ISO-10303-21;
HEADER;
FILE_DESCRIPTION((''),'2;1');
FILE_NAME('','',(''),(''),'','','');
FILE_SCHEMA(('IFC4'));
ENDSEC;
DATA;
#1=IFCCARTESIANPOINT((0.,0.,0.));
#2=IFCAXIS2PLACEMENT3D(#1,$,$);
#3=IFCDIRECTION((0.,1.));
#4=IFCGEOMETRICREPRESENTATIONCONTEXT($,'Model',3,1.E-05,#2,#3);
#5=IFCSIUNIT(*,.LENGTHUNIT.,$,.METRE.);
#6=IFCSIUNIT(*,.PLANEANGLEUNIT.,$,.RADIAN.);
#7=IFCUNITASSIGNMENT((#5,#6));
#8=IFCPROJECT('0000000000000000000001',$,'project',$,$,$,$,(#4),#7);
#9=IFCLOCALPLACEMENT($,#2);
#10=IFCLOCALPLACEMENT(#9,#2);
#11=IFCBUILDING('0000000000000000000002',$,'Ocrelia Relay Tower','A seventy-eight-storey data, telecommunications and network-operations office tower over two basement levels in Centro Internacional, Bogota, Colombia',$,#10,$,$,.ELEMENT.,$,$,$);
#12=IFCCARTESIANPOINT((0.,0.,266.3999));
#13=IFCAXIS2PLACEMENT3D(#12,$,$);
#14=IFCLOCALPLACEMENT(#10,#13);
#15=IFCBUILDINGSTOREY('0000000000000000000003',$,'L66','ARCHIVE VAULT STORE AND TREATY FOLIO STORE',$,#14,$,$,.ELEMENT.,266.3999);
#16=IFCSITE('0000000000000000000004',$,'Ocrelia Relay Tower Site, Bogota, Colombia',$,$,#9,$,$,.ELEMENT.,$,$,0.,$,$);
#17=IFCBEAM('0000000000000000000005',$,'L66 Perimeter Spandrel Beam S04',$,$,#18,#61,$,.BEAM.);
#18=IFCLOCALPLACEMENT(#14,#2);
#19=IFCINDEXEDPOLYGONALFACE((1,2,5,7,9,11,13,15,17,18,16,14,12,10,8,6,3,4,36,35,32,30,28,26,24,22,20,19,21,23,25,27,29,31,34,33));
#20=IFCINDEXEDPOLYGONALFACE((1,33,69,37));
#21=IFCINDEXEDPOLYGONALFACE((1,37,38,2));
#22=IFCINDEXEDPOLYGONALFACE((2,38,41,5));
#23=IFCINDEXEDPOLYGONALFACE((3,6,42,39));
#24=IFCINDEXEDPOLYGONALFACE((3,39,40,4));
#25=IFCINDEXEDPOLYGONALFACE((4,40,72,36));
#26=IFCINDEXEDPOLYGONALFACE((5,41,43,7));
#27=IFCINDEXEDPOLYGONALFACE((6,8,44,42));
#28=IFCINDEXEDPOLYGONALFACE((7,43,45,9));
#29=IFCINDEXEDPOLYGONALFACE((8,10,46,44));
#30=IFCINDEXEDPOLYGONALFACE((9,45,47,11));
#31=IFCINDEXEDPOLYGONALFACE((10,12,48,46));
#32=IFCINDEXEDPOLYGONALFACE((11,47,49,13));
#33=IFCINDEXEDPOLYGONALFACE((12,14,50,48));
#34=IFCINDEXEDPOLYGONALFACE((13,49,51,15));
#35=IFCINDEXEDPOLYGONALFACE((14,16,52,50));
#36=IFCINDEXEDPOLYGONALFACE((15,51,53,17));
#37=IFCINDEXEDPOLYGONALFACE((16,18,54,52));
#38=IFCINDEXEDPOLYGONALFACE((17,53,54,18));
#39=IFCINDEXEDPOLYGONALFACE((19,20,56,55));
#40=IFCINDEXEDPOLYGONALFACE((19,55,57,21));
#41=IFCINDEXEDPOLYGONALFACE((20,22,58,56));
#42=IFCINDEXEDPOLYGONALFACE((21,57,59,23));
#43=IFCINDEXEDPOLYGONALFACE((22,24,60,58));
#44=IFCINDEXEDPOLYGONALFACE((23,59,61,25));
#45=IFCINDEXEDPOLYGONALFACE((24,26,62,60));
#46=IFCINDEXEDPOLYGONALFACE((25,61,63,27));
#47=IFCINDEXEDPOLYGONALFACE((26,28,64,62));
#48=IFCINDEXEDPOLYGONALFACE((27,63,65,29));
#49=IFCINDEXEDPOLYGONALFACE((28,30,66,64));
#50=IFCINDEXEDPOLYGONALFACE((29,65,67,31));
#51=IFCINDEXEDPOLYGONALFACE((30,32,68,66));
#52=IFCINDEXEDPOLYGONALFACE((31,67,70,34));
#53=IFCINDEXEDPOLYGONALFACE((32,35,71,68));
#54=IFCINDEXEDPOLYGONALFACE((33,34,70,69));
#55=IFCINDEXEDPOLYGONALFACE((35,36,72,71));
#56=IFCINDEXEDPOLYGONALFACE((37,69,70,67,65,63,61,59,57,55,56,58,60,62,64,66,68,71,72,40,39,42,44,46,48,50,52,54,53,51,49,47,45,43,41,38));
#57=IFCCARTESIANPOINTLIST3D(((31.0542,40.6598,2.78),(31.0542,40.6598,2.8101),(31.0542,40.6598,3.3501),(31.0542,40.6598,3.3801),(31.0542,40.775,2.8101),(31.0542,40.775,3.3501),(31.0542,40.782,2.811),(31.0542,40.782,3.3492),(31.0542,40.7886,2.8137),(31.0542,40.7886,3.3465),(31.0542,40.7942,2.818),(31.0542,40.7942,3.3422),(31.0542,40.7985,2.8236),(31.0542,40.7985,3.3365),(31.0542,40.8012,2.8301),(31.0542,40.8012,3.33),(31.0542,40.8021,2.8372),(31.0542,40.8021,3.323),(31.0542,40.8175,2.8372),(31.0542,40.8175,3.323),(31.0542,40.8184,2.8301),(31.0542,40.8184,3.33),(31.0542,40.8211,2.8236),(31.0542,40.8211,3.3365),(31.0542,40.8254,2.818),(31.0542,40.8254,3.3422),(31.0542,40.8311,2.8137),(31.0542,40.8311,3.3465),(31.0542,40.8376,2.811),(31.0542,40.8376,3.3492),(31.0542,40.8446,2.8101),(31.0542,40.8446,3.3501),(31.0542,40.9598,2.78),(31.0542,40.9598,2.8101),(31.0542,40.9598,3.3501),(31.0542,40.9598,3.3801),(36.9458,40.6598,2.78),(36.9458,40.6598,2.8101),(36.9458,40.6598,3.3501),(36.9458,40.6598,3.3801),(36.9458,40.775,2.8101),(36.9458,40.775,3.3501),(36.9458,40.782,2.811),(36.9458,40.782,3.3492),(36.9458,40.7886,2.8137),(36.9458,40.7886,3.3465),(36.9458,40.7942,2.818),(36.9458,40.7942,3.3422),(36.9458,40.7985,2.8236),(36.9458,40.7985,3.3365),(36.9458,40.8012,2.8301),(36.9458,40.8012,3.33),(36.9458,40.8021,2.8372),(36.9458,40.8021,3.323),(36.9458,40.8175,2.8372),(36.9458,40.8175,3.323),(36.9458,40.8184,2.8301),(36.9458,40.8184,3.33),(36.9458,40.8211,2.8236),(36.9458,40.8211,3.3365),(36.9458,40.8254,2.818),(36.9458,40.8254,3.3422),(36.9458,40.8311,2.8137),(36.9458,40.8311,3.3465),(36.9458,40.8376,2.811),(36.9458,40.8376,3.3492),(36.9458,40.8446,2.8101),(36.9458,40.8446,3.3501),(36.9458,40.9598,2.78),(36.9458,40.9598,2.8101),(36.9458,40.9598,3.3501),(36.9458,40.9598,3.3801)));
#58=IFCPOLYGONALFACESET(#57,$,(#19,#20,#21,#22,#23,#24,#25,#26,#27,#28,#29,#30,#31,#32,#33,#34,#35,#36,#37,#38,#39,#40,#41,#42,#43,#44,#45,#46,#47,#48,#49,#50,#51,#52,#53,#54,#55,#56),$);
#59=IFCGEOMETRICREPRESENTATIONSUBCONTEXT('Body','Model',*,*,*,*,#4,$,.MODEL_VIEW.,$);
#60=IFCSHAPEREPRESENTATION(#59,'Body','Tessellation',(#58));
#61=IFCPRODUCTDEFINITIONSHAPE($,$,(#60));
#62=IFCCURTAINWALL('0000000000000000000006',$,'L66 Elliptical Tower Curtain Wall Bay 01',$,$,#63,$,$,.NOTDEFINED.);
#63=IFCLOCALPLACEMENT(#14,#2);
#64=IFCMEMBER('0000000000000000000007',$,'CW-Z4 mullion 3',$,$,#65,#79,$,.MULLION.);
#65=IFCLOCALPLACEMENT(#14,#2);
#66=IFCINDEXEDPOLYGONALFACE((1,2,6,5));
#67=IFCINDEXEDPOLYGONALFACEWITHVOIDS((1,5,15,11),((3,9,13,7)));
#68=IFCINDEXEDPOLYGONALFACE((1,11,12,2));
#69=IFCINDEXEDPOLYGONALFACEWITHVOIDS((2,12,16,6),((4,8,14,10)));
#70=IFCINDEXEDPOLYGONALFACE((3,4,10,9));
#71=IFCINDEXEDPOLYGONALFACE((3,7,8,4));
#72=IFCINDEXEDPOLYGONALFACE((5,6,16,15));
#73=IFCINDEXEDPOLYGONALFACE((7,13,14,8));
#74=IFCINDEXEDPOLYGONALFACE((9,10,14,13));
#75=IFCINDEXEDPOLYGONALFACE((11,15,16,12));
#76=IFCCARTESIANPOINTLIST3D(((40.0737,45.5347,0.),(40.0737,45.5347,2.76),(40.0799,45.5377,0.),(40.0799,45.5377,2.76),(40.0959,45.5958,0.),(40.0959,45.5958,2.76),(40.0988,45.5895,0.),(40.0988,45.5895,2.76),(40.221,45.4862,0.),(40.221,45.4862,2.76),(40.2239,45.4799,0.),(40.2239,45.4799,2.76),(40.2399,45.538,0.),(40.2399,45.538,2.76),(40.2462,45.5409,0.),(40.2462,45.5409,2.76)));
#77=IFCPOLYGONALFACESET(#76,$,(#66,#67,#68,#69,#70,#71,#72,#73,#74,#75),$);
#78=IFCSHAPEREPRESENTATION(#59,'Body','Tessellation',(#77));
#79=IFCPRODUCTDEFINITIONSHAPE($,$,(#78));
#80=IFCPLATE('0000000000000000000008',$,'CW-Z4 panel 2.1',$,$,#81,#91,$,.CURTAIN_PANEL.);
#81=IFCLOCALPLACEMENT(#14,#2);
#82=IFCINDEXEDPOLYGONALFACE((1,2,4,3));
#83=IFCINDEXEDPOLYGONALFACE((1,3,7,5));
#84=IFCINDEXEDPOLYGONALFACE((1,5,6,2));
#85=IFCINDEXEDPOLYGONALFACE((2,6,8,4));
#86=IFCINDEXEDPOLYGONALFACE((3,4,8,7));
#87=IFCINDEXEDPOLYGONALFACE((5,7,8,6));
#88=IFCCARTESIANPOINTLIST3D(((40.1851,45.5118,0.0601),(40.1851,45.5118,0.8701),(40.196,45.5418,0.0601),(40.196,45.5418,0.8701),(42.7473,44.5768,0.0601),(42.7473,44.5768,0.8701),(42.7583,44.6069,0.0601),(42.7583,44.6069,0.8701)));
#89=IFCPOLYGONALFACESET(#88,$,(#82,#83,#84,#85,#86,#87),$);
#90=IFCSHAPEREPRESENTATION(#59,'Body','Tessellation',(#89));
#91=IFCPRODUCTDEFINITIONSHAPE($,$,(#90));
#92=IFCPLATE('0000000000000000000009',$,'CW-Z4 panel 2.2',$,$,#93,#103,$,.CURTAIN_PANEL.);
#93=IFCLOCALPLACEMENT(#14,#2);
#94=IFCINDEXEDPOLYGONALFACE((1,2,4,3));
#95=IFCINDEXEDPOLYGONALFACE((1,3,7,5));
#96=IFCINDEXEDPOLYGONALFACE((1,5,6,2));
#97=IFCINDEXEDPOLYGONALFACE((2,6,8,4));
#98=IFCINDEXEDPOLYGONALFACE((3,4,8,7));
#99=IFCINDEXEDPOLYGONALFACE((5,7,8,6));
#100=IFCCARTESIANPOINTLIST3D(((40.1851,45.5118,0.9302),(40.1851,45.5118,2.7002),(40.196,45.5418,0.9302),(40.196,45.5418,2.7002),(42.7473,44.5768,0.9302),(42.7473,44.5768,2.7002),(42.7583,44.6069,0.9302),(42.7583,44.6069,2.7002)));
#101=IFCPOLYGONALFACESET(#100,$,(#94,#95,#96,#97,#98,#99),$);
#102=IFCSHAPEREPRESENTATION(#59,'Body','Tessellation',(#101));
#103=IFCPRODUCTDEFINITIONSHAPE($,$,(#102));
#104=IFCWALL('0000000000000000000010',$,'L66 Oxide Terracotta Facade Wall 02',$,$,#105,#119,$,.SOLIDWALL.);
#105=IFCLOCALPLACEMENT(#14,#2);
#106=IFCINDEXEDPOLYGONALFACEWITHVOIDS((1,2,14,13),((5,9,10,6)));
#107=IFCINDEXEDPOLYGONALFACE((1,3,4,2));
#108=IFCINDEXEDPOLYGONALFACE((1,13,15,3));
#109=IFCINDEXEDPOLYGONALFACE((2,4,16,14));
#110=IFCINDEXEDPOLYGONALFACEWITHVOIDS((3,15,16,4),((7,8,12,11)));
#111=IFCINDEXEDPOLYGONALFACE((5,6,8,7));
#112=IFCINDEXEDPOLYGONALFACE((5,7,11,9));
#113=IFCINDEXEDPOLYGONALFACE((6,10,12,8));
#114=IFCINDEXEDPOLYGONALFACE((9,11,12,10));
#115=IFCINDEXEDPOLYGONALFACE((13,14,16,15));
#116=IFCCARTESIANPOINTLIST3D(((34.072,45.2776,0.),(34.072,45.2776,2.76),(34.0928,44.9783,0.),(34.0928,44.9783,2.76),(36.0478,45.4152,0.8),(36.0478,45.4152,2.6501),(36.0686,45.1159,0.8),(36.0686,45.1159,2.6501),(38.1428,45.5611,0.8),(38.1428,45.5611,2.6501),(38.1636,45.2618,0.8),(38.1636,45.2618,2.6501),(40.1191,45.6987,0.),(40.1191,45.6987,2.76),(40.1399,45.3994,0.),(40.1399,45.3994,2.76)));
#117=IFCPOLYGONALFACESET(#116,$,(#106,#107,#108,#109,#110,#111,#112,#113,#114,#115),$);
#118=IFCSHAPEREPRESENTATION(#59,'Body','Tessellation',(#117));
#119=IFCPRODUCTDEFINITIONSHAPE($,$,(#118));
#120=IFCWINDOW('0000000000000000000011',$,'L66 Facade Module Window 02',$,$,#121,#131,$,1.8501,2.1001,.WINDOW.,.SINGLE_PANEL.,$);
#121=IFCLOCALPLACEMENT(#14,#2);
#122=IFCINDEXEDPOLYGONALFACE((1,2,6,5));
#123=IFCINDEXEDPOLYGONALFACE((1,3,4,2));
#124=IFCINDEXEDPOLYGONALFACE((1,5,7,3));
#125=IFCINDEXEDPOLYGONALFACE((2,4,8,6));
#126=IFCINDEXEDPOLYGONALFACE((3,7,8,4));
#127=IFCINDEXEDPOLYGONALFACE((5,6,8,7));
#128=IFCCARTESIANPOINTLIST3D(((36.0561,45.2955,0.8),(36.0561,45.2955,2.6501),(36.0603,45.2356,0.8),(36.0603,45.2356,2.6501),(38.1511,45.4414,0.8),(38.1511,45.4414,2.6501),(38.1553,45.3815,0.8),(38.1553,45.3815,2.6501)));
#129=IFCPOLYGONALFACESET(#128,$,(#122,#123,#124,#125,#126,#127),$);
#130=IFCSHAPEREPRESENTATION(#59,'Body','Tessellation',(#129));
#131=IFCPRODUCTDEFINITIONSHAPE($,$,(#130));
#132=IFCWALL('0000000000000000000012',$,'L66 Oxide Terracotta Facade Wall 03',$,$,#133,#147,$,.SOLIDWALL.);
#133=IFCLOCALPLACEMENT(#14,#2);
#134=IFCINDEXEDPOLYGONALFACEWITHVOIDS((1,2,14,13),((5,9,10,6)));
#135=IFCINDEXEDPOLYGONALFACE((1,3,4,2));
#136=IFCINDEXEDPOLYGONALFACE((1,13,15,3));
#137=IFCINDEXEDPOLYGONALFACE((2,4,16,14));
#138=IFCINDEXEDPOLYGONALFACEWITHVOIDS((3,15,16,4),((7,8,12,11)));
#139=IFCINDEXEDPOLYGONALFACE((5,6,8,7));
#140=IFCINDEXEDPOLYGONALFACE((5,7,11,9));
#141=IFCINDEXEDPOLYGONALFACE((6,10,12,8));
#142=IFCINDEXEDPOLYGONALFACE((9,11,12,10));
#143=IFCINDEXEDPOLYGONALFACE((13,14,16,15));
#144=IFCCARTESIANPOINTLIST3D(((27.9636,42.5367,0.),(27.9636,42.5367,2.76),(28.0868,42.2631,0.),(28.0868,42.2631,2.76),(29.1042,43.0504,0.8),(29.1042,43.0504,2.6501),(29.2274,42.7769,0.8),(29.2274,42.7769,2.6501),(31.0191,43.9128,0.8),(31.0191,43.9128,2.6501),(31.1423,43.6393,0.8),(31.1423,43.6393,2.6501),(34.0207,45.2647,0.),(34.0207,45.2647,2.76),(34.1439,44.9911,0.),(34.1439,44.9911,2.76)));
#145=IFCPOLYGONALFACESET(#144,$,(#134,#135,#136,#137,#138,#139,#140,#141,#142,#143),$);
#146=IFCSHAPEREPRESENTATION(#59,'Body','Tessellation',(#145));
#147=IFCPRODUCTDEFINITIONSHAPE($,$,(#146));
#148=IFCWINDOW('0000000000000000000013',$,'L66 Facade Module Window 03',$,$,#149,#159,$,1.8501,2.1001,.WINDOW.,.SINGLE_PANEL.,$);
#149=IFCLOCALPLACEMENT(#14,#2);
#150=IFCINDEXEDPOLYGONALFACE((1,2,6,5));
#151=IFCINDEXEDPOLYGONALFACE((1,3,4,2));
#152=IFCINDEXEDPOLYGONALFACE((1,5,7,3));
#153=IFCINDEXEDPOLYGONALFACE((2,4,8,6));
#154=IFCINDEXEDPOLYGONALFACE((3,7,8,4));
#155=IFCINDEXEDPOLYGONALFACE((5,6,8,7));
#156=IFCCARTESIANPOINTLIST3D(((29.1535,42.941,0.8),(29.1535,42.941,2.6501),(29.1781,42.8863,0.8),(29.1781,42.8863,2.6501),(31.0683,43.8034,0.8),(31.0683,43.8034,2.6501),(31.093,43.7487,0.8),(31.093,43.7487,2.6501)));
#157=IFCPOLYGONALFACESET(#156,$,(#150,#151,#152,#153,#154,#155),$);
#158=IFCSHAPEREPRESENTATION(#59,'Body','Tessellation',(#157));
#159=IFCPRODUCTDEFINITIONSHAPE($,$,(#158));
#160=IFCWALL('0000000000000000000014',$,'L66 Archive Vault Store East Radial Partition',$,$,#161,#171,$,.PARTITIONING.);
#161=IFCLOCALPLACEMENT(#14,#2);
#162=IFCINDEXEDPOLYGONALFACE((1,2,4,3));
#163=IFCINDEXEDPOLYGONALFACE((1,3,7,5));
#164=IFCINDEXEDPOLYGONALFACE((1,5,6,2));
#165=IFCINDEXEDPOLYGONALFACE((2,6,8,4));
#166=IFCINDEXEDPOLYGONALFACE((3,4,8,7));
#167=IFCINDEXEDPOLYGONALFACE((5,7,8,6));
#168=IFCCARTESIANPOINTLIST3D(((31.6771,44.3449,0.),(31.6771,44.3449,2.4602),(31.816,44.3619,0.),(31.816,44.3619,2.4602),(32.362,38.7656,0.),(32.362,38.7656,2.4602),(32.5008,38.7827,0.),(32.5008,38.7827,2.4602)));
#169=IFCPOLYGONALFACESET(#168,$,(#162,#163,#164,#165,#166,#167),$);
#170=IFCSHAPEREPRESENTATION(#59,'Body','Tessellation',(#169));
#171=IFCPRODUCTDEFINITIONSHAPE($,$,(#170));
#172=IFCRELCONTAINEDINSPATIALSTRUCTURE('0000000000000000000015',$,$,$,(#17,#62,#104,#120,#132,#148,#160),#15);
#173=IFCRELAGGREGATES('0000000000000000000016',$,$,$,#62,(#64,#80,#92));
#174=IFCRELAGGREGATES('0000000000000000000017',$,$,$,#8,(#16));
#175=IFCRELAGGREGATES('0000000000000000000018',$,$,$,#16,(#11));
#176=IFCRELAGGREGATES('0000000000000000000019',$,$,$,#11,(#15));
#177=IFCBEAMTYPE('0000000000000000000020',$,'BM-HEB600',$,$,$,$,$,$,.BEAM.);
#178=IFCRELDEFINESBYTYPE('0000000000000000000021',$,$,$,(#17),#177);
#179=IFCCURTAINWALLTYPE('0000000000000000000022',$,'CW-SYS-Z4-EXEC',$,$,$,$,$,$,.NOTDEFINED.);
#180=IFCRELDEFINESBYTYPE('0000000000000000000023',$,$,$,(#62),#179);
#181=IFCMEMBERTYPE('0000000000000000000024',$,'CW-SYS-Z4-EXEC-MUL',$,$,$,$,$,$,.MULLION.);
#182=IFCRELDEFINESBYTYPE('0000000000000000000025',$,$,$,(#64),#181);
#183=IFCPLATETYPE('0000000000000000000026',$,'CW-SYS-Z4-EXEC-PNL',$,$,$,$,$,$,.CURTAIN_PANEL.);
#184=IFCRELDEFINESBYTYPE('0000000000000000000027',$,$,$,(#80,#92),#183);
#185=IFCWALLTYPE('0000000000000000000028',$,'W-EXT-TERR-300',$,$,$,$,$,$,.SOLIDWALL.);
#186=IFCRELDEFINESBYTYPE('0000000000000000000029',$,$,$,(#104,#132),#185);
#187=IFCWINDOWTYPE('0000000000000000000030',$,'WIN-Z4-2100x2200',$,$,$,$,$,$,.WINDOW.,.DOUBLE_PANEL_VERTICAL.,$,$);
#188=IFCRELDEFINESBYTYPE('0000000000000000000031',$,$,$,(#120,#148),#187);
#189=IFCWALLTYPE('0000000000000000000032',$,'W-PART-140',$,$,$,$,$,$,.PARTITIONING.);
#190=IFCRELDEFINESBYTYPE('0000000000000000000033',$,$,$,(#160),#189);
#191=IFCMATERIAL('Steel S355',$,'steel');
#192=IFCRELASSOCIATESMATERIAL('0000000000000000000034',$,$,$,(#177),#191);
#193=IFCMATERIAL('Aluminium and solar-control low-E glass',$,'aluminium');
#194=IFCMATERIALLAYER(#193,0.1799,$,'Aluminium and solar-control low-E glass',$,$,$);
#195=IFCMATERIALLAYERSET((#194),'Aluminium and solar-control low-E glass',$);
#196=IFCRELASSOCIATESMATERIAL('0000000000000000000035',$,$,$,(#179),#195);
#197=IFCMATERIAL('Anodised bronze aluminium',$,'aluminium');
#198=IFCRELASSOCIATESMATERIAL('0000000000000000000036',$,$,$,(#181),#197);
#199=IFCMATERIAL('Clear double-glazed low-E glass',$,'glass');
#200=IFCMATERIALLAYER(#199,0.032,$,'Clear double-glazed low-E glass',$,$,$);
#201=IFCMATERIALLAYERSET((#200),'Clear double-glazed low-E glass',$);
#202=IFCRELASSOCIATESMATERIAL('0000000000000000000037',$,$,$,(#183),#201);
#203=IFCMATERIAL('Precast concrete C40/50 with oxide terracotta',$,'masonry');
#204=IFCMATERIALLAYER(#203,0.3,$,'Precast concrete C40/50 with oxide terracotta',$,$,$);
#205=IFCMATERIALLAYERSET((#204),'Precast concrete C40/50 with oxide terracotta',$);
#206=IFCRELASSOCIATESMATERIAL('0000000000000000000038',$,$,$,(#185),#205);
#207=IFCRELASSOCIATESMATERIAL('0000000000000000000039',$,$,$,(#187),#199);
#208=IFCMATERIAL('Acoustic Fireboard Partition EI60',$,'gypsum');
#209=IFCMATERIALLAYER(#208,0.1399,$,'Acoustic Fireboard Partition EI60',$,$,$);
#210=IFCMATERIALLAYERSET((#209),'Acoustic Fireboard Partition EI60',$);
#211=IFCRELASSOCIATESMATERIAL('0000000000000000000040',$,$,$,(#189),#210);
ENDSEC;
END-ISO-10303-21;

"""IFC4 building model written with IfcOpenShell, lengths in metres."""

from ifc_helpers import new_model, si_unit, direction, frame, frame_2d, origin, origin_2d, place, context, subcontext, project, spatial, rectangle, hollow_rectangle, i_section, extrude, material, layer, layer_set, material_profile, profile_set, type_object, element, fill, aggregate, save


model = new_model("IFC4")

# Units and contexts
model_context = context("Model", 3, precision=1e-05, world=origin(), true_north=direction((0.0, 1.0)))
body_context = subcontext(model_context, "Body", "Model", "MODEL_VIEW")
ifc_project = project(units=[si_unit("LENGTHUNIT", "METRE"), si_unit("PLANEANGLEUNIT", "RADIAN")], contexts=[model_context])

# Site, building, storey
site_placement = place(None, origin())
site = spatial("IfcSite", under=ifc_project, at=site_placement, Name="Ocrelia Relay Tower Site, Bogota, Colombia", CompositionType="ELEMENT", RefElevation=0.0)
building_placement = place(site_placement, origin())
building = spatial("IfcBuilding", under=site, at=building_placement, Name="Ocrelia Relay Tower", Description="A seventy-eight-storey data, telecommunications and network-operations office tower over two basement levels in Centro Internacional, Bogota, Colombia", CompositionType="ELEMENT")
storey_placement = place(building_placement, frame((0.0, 0.0, 266.3999)))
storey = spatial("IfcBuildingStorey", under=building, at=storey_placement, Name="L66", Description="ARCHIVE VAULT STORE AND TREATY FOLIO STORE", CompositionType="ELEMENT", Elevation=266.3999)

# Beam
ifc_material_1 = material(Name="Steel S355", Category="steel")
ifc_material_profile_1 = material_profile(ifc_material_1, i_section(OverallWidth=0.3, OverallDepth=0.6001, WebThickness=0.0154, FlangeThickness=0.03, FilletRadius=0.0271, at=origin_2d()), Name="HEB 600")
ifc_profile_set_1 = profile_set([ifc_material_profile_1], Name="Steel S355")
beam_type_1 = type_object("IfcBeamType", Name="BM-HEB600", PredefinedType="BEAM", material=ifc_profile_set_1)
beam_1_placement = place(storey_placement, frame((36.9458, 40.8098, 3.0801), z_axis=(-1.0, 0.0, 0.0), x_axis=(0.0, -1.0, 0.0)))
element("IfcBeam", 1, at=beam_1_placement, inside=storey, type_object=beam_type_1, Name="L66 Perimeter Spandrel Beam S04", PredefinedType="BEAM", context=body_context, shape_type="SweptSolid", body=[
    extrude(i_section(OverallWidth=0.3, OverallDepth=0.6001, WebThickness=0.0154, FlangeThickness=0.03, FilletRadius=0.0271, at=origin_2d()), origin(), (0.0, 0.0, 1.0), 5.8916),
])

# Curtain wall, member, plates
ifc_material_2 = material(Name="Aluminium and solar-control low-E glass", Category="aluminium")
ifc_layer_1 = layer(ifc_material_2, 0.1799, Name="Aluminium and solar-control low-E glass")
ifc_layer_set_1 = layer_set([ifc_layer_1], Name="Aluminium and solar-control low-E glass")
curtain_wall_type = type_object("IfcCurtainWallType", Name="CW-SYS-Z4-EXEC", PredefinedType="NOTDEFINED", material=ifc_layer_set_1)
curtain_wall_placement = place(storey_placement, origin())
curtain_wall = element("IfcCurtainWall", 2, at=curtain_wall_placement, inside=storey, type_object=curtain_wall_type, Name="L66 Elliptical Tower Curtain Wall Bay 01", PredefinedType="NOTDEFINED")
ifc_material_3 = material(Name="Anodised bronze aluminium", Category="aluminium")
ifc_material_profile_2 = material_profile(ifc_material_3, hollow_rectangle(XDim=0.0649, YDim=0.1599, WallThickness=0.0049, at=origin_2d()), Name="CW-MUL-160x65")
ifc_profile_set_2 = profile_set([ifc_material_profile_2], Name="Anodised bronze aluminium")
member_type = type_object("IfcMemberType", Name="CW-SYS-Z4-EXEC-MUL", PredefinedType="MULLION", material=ifc_profile_set_2)
member_placement = place(storey_placement, frame((40.1599, 45.5378, 0.0), z_axis=(0.0, 0.0, 1.0), x_axis=(-0.342799, -0.939409, 0.0)))
member = element("IfcMember", 3, at=member_placement, type_object=member_type, Name="CW-Z4 mullion 3", PredefinedType="MULLION", context=body_context, shape_type="SweptSolid", body=[
    extrude(hollow_rectangle(XDim=0.0649, YDim=0.1599, WallThickness=0.0049, at=origin_2d()), origin(), (0.0, 0.0, 1.0), 2.76),
])
ifc_material_4 = material(Name="Clear double-glazed low-E glass", Category="glass")
ifc_layer_2 = layer(ifc_material_4, 0.032, Name="Clear double-glazed low-E glass")
ifc_layer_set_2 = layer_set([ifc_layer_2], Name="Clear double-glazed low-E glass")
plate_type = type_object("IfcPlateType", Name="CW-SYS-Z4-EXEC-PNL", PredefinedType="CURTAIN_PANEL", material=ifc_layer_set_2)
plate_1_placement = place(storey_placement, frame((41.4717, 45.0593, 0.0601), z_axis=(0.0, 0.0, 1.0), x_axis=(-0.939409, 0.342799, 0.0)))
plate_1 = element("IfcPlate", 4, at=plate_1_placement, type_object=plate_type, Name="CW-Z4 panel 2.1", PredefinedType="CURTAIN_PANEL", context=body_context, shape_type="SweptSolid", body=[
    extrude(rectangle(XDim=2.7275, YDim=0.032, at=origin_2d()), origin(), (0.0, 0.0, 1.0), 0.8101),
])
plate_2_placement = place(storey_placement, frame((41.4717, 45.0593, 0.9302), z_axis=(0.0, 0.0, 1.0), x_axis=(-0.939409, 0.342799, 0.0)))
plate_2 = element("IfcPlate", 5, at=plate_2_placement, type_object=plate_type, Name="CW-Z4 panel 2.2", PredefinedType="CURTAIN_PANEL", context=body_context, shape_type="SweptSolid", body=[
    extrude(rectangle(XDim=2.7275, YDim=0.032, at=origin_2d()), origin(), (0.0, 0.0, 1.0), 1.77),
])
aggregate(curtain_wall, [member, plate_1, plate_2])

# Walls, openings, windows
ifc_material_5 = material(Name="Precast concrete C40/50 with oxide terracotta", Category="masonry")
ifc_layer_3 = layer(ifc_material_5, 0.3, Name="Precast concrete C40/50 with oxide terracotta")
ifc_layer_set_3 = layer_set([ifc_layer_3], Name="Precast concrete C40/50 with oxide terracotta")
wall_type_1 = type_object("IfcWallType", Name="W-EXT-TERR-300", PredefinedType="SOLIDWALL", material=ifc_layer_set_3)
wall_1_placement = place(storey_placement, frame((40.1294, 45.5491, 0.0), z_axis=(0.0, 0.0, 1.0), x_axis=(-0.997584, -0.069475, 0.0)))
wall_1 = element("IfcWall", 6, at=wall_1_placement, inside=storey, type_object=wall_type_1, Name="L66 Oxide Terracotta Facade Wall 02", PredefinedType="SOLIDWALL", context=body_context, shape_type="SweptSolid", body=[
    extrude(rectangle(XDim=6.0618, YDim=0.3, at=frame_2d((3.0308, 0.0))), origin(), (0.0, 0.0, 1.0), 2.76),
])
opening_1_placement = place(wall_1_placement, frame((1.981, 0.0, 0.8)))
opening_1 = element("IfcOpeningElement", 7, at=opening_1_placement, cuts=wall_1, PredefinedType="OPENING", context=body_context, shape_type="SweptSolid", body=[
    extrude(rectangle(XDim=2.1001, YDim=1.8501, at=frame_2d((1.05, 0.925))), frame((0.0, 0.1602, 0.0), z_axis=(0.0, -1.0, 0.0), x_axis=(1.0, 0.0, 0.0)), (0.0, 0.0, 1.0), 0.3201),
])
window_type = type_object("IfcWindowType", Name="WIN-Z4-2100x2200", PartitioningType="DOUBLE_PANEL_VERTICAL", PredefinedType="WINDOW", material=ifc_material_4)
window_1_placement = place(opening_1_placement, origin())
window_1 = element("IfcWindow", 8, at=window_1_placement, inside=storey, type_object=window_type, Name="L66 Facade Module Window 02", OverallHeight=1.8501, OverallWidth=2.1001, PartitioningType="SINGLE_PANEL", PredefinedType="WINDOW", context=body_context, shape_type="SweptSolid", body=[
    extrude(rectangle(XDim=2.1001, YDim=1.8501, at=frame_2d((1.05, 0.925))), frame((0.0, 0.03, 0.0), z_axis=(0.0, -1.0, 0.0), x_axis=(1.0, 0.0, 0.0)), (0.0, 0.0, 1.0), 0.0601),
])
fill(opening_1, window_1)
wall_2_placement = place(storey_placement, frame((34.0823, 45.1279, 0.0), z_axis=(0.0, 0.0, 1.0), x_axis=(-0.911791, -0.410655, 0.0)))
wall_2 = element("IfcWall", 9, at=wall_2_placement, inside=storey, type_object=wall_type_1, Name="L66 Oxide Terracotta Facade Wall 03", PredefinedType="SOLIDWALL", context=body_context, shape_type="SweptSolid", body=[
    extrude(rectangle(XDim=6.6431, YDim=0.3, at=frame_2d((3.3215, 0.0))), origin(), (0.0, 0.0, 1.0), 2.76),
])
opening_2_placement = place(wall_2_placement, frame((3.292, 0.0, 0.8)))
opening_2 = element("IfcOpeningElement", 10, at=opening_2_placement, cuts=wall_2, PredefinedType="OPENING", context=body_context, shape_type="SweptSolid", body=[
    extrude(rectangle(XDim=2.1001, YDim=1.8501, at=frame_2d((1.05, 0.925))), frame((0.0, 0.1602, 0.0), z_axis=(0.0, -1.0, 0.0), x_axis=(1.0, 0.0, 0.0)), (0.0, 0.0, 1.0), 0.3201),
])
window_2_placement = place(opening_2_placement, origin())
window_2 = element("IfcWindow", 11, at=window_2_placement, inside=storey, type_object=window_type, Name="L66 Facade Module Window 03", OverallHeight=1.8501, OverallWidth=2.1001, PartitioningType="SINGLE_PANEL", PredefinedType="WINDOW", context=body_context, shape_type="SweptSolid", body=[
    extrude(rectangle(XDim=2.1001, YDim=1.8501, at=frame_2d((1.05, 0.925))), frame((0.0, 0.03, 0.0), z_axis=(0.0, -1.0, 0.0), x_axis=(1.0, 0.0, 0.0)), (0.0, 0.0, 1.0), 0.0601),
])
fill(opening_2, window_2)

# Wall
ifc_material_6 = material(Name="Acoustic Fireboard Partition EI60", Category="gypsum")
ifc_layer_4 = layer(ifc_material_6, 0.1399, Name="Acoustic Fireboard Partition EI60")
ifc_layer_set_4 = layer_set([ifc_layer_4], Name="Acoustic Fireboard Partition EI60")
wall_type_2 = type_object("IfcWallType", Name="W-PART-140", PredefinedType="PARTITIONING", material=ifc_layer_set_4)
wall_3_placement = place(storey_placement, frame((32.4314, 38.7742, 0.0), z_axis=(0.0, 0.0, 1.0), x_axis=(-0.121832, 0.992551, 0.0)))
element("IfcWall", 12, at=wall_3_placement, inside=storey, type_object=wall_type_2, Name="L66 Archive Vault Store East Radial Partition", PredefinedType="PARTITIONING", context=body_context, shape_type="SweptSolid", body=[
    extrude(rectangle(XDim=5.6211, YDim=0.1399, at=frame_2d((2.8105, 0.0))), origin(), (0.0, 0.0, 1.0), 2.4602),
])

save(model, "model.ifc")
